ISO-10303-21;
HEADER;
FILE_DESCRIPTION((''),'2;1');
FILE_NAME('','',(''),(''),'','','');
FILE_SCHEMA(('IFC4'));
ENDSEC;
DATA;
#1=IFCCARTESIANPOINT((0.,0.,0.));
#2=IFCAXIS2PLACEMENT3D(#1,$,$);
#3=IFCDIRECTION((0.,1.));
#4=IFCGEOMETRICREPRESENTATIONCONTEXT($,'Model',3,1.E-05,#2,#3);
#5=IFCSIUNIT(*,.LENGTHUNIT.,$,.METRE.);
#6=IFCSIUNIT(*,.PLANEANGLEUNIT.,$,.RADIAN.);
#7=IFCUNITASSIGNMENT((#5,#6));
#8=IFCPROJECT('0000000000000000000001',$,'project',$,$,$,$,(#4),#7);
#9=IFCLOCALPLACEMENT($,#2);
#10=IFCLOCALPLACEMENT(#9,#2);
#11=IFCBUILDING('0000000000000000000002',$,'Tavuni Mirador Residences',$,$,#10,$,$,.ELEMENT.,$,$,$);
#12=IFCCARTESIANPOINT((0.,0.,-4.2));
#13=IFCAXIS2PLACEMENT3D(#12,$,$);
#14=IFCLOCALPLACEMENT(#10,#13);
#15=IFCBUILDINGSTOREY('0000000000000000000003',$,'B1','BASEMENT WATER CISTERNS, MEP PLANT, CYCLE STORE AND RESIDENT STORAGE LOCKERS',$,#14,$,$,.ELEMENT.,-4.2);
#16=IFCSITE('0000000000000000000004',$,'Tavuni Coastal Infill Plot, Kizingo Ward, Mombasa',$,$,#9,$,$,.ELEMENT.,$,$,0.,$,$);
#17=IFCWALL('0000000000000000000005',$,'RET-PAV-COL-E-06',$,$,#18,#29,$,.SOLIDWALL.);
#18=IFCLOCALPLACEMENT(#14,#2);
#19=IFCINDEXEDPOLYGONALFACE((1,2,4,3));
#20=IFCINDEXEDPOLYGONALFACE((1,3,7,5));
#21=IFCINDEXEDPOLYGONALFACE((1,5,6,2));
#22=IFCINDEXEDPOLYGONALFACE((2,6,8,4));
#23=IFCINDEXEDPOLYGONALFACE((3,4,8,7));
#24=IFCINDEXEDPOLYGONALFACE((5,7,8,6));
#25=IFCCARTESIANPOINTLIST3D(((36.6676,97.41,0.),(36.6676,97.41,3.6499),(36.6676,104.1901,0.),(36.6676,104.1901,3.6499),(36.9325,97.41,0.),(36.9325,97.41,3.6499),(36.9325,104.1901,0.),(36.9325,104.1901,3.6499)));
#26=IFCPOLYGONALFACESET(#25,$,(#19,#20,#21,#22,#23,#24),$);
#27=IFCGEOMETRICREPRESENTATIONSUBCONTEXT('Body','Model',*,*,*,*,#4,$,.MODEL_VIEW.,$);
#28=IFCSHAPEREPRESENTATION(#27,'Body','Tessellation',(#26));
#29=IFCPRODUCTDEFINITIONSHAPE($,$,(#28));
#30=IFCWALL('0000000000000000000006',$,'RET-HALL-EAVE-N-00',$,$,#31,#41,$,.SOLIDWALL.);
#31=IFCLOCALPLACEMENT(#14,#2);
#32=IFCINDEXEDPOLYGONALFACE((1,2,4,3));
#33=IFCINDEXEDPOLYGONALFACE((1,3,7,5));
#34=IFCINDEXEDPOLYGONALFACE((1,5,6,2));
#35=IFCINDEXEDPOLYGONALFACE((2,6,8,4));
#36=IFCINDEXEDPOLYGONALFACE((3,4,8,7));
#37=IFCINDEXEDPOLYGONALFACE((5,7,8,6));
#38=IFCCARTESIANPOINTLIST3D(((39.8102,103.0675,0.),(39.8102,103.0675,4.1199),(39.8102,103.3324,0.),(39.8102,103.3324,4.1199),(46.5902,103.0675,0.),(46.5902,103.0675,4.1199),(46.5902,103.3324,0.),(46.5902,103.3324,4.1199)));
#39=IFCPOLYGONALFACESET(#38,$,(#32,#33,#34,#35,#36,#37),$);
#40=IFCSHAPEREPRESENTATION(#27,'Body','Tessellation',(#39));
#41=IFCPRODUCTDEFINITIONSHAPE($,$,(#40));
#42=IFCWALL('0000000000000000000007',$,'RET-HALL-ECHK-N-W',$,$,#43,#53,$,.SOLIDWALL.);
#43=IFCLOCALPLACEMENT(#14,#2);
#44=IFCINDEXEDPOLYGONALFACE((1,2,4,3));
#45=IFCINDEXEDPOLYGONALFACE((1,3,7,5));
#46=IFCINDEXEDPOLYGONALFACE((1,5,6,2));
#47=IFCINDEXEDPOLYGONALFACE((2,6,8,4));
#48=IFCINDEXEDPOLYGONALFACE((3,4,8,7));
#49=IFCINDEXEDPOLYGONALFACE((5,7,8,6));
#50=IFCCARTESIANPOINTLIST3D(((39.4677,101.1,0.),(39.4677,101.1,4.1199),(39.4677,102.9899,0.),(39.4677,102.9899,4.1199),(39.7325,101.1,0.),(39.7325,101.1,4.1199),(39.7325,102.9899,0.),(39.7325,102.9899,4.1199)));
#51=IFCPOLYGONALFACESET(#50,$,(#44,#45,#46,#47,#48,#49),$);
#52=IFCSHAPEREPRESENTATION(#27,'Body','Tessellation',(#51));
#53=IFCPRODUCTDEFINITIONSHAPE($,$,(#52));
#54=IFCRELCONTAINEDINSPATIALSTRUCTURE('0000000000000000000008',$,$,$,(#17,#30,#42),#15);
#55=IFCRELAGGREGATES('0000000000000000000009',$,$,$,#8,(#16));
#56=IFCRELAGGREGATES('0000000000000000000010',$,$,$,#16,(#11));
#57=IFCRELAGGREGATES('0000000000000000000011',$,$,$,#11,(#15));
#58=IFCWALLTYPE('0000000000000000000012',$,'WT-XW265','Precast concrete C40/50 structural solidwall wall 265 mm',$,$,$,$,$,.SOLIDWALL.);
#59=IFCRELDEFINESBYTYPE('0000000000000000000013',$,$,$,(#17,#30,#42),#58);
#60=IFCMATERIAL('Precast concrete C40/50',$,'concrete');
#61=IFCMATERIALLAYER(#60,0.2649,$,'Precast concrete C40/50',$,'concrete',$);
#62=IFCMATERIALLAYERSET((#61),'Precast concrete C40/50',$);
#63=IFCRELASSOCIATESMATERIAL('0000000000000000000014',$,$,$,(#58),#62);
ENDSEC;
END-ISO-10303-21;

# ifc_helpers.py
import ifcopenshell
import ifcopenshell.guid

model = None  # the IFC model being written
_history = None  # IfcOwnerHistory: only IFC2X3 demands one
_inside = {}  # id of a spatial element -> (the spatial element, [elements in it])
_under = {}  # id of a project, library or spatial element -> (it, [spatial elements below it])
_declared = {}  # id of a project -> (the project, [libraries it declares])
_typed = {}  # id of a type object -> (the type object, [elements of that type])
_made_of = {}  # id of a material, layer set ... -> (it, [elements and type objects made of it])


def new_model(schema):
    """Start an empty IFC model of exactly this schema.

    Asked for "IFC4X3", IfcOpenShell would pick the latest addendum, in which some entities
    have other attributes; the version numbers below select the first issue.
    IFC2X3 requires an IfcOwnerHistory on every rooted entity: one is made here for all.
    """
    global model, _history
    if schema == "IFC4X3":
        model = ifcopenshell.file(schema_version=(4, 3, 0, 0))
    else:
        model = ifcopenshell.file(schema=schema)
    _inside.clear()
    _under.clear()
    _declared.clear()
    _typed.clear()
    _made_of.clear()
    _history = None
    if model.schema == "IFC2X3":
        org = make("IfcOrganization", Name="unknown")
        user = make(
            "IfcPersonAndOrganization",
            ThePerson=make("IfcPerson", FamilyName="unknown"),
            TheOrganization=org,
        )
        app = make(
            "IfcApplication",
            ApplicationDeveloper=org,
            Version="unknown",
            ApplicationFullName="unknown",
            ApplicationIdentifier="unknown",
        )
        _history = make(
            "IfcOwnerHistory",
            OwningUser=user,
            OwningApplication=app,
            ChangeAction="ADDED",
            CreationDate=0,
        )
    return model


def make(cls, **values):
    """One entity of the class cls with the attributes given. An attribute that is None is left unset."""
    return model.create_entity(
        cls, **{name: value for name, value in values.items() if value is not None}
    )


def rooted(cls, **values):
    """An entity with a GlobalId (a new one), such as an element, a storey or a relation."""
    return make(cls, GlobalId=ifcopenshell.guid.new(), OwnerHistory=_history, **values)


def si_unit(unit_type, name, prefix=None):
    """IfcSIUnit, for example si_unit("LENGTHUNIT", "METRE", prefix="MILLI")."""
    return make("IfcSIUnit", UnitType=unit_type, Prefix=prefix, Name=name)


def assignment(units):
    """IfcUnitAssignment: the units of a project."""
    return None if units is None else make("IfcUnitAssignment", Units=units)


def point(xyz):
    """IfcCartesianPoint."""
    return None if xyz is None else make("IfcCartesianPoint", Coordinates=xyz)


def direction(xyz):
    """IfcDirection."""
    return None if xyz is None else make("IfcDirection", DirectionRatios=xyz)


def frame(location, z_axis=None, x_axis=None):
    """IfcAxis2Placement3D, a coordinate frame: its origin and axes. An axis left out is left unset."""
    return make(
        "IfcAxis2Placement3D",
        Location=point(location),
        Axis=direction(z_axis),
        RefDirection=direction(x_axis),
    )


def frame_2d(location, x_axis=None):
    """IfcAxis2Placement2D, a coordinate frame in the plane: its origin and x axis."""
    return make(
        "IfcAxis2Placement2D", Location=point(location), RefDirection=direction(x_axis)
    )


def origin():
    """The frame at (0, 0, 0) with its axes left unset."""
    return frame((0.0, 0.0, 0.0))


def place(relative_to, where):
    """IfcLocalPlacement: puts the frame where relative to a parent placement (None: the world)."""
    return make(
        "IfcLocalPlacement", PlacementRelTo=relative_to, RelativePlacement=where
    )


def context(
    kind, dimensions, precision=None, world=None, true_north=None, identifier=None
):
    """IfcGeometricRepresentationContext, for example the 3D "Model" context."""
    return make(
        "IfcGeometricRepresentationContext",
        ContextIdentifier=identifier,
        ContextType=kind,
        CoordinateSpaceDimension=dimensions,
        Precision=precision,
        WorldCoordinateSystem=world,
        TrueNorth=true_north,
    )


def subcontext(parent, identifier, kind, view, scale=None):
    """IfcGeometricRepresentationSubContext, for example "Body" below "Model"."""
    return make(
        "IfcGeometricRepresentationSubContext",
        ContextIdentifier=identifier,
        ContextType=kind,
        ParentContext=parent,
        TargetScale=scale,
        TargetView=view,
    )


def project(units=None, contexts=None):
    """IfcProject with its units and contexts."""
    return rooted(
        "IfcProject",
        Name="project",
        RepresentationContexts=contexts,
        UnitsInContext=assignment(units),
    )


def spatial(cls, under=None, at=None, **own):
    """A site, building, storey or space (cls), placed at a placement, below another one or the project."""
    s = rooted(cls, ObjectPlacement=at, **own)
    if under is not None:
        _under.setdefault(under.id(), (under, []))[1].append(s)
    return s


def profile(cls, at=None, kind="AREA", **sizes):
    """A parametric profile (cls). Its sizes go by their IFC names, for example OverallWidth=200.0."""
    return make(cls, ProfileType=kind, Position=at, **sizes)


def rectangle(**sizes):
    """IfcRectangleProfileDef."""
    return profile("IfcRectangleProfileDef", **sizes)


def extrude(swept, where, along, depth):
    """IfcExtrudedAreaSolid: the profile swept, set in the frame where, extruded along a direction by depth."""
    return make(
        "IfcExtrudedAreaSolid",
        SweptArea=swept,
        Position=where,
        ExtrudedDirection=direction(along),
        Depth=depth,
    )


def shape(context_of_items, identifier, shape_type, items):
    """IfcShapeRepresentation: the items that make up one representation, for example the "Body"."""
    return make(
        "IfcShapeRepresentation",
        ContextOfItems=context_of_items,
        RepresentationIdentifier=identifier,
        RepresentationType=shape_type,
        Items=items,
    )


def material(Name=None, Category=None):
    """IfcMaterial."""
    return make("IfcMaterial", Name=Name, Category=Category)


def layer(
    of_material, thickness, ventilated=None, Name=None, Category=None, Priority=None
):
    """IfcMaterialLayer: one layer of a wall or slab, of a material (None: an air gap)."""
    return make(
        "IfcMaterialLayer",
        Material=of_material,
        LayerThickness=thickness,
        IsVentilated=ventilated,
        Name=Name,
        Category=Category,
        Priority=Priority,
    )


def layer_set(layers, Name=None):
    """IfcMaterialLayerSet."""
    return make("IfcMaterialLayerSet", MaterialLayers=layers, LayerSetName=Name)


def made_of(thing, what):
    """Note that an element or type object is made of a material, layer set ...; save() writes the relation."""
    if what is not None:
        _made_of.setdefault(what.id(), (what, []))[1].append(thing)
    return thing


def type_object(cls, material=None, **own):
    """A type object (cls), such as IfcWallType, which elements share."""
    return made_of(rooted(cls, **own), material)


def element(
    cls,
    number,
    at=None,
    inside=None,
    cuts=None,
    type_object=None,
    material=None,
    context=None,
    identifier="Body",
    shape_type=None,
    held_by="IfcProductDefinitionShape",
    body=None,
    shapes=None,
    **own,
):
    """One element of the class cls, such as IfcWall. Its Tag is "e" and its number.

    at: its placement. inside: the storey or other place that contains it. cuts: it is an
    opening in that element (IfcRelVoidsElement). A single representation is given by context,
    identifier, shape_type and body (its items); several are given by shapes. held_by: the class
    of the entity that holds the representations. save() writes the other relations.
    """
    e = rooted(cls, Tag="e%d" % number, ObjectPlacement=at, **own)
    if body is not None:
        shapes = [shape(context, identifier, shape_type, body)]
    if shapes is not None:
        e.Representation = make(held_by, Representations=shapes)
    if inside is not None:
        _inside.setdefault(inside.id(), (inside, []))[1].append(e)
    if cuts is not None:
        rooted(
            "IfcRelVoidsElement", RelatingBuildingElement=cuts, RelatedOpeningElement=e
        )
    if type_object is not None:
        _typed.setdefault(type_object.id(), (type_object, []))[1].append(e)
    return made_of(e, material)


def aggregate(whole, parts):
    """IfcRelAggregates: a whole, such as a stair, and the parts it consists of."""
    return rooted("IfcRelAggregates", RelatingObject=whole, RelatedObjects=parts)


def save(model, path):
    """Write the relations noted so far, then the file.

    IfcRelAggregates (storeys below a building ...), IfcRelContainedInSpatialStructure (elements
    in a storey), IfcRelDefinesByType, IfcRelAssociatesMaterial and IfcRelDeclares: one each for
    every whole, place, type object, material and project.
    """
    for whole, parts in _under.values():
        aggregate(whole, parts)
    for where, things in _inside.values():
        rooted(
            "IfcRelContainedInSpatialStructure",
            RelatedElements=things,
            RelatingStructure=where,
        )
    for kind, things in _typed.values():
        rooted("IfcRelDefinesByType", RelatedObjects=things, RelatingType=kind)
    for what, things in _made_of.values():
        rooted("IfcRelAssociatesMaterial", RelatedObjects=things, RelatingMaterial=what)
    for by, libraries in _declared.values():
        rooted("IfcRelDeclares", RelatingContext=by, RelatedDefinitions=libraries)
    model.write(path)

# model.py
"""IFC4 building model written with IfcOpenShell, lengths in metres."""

from ifc_helpers import new_model, si_unit, direction, frame, frame_2d, origin, place, context, subcontext, project, spatial, rectangle, extrude, material, layer, layer_set, type_object, element, save


model = new_model("IFC4")

# Units and contexts
model_context = context("Model", 3, precision=1e-05, world=origin(), true_north=direction((0.0, 1.0)))
body_context = subcontext(model_context, "Body", "Model", "MODEL_VIEW")
ifc_project = project(units=[si_unit("LENGTHUNIT", "METRE"), si_unit("PLANEANGLEUNIT", "RADIAN")], contexts=[model_context])

# Site, building, storey
site_placement = place(None, origin())
site = spatial("IfcSite", under=ifc_project, at=site_placement, Name="Tavuni Coastal Infill Plot, Kizingo Ward, Mombasa", CompositionType="ELEMENT", RefElevation=0.0)
building_placement = place(site_placement, origin())
building = spatial("IfcBuilding", under=site, at=building_placement, Name="Tavuni Mirador Residences", CompositionType="ELEMENT")
storey_placement = place(building_placement, frame((0.0, 0.0, -4.2)))
storey = spatial("IfcBuildingStorey", under=building, at=storey_placement, Name="B1", Description="BASEMENT WATER CISTERNS, MEP PLANT, CYCLE STORE AND RESIDENT STORAGE LOCKERS", CompositionType="ELEMENT", Elevation=-4.2)

# Shared definitions
ifc_material_1 = material(Name="Precast concrete C40/50", Category="concrete")

# Walls
ifc_layer_1 = layer(ifc_material_1, 0.2649, Name="Precast concrete C40/50", Category="concrete")
ifc_layer_set_1 = layer_set([ifc_layer_1], Name="Precast concrete C40/50")
wall_type_1 = type_object("IfcWallType", Name="WT-XW265", Description="Precast concrete C40/50 structural solidwall wall 265 mm", PredefinedType="SOLIDWALL", material=ifc_layer_set_1)
wall_1_placement = place(storey_placement, frame((36.8, 97.4099, 0.0), z_axis=(0.0, 0.0, 1.0), x_axis=(0.0, 1.0, 0.0)))
element("IfcWall", 1, at=wall_1_placement, inside=storey, type_object=wall_type_1, Name="RET-PAV-COL-E-06", PredefinedType="SOLIDWALL", context=body_context, shape_type="SweptSolid", body=[
    extrude(rectangle(XDim=6.78, YDim=0.2649, at=frame_2d((3.3901, 0.0))), origin(), (0.0, 0.0, 1.0), 3.6499),
])
wall_2_placement = place(storey_placement, frame((39.8101, 103.2, 0.0), z_axis=(0.0, 0.0, 1.0), x_axis=(1.0, 0.0, 0.0)))
element("IfcWall", 2, at=wall_2_placement, inside=storey, type_object=wall_type_1, Name="RET-HALL-EAVE-N-00", PredefinedType="SOLIDWALL", context=body_context, shape_type="SweptSolid", body=[
    extrude(rectangle(XDim=6.78, YDim=0.2649, at=frame_2d((3.3901, 0.0))), origin(), (0.0, 0.0, 1.0), 4.1199),
])
wall_3_placement = place(storey_placement, frame((39.6001, 101.1001, 0.0), z_axis=(0.0, 0.0, 1.0), x_axis=(0.0, 1.0, 0.0)))
element("IfcWall", 3, at=wall_3_placement, inside=storey, type_object=wall_type_1, Name="RET-HALL-ECHK-N-W", PredefinedType="SOLIDWALL", context=body_context, shape_type="SweptSolid", body=[
    extrude(rectangle(XDim=1.8899, YDim=0.2649, at=frame_2d((0.9448, 0.0))), origin(), (0.0, 0.0, 1.0), 4.1199),
])

save(model, "model.ifc")
